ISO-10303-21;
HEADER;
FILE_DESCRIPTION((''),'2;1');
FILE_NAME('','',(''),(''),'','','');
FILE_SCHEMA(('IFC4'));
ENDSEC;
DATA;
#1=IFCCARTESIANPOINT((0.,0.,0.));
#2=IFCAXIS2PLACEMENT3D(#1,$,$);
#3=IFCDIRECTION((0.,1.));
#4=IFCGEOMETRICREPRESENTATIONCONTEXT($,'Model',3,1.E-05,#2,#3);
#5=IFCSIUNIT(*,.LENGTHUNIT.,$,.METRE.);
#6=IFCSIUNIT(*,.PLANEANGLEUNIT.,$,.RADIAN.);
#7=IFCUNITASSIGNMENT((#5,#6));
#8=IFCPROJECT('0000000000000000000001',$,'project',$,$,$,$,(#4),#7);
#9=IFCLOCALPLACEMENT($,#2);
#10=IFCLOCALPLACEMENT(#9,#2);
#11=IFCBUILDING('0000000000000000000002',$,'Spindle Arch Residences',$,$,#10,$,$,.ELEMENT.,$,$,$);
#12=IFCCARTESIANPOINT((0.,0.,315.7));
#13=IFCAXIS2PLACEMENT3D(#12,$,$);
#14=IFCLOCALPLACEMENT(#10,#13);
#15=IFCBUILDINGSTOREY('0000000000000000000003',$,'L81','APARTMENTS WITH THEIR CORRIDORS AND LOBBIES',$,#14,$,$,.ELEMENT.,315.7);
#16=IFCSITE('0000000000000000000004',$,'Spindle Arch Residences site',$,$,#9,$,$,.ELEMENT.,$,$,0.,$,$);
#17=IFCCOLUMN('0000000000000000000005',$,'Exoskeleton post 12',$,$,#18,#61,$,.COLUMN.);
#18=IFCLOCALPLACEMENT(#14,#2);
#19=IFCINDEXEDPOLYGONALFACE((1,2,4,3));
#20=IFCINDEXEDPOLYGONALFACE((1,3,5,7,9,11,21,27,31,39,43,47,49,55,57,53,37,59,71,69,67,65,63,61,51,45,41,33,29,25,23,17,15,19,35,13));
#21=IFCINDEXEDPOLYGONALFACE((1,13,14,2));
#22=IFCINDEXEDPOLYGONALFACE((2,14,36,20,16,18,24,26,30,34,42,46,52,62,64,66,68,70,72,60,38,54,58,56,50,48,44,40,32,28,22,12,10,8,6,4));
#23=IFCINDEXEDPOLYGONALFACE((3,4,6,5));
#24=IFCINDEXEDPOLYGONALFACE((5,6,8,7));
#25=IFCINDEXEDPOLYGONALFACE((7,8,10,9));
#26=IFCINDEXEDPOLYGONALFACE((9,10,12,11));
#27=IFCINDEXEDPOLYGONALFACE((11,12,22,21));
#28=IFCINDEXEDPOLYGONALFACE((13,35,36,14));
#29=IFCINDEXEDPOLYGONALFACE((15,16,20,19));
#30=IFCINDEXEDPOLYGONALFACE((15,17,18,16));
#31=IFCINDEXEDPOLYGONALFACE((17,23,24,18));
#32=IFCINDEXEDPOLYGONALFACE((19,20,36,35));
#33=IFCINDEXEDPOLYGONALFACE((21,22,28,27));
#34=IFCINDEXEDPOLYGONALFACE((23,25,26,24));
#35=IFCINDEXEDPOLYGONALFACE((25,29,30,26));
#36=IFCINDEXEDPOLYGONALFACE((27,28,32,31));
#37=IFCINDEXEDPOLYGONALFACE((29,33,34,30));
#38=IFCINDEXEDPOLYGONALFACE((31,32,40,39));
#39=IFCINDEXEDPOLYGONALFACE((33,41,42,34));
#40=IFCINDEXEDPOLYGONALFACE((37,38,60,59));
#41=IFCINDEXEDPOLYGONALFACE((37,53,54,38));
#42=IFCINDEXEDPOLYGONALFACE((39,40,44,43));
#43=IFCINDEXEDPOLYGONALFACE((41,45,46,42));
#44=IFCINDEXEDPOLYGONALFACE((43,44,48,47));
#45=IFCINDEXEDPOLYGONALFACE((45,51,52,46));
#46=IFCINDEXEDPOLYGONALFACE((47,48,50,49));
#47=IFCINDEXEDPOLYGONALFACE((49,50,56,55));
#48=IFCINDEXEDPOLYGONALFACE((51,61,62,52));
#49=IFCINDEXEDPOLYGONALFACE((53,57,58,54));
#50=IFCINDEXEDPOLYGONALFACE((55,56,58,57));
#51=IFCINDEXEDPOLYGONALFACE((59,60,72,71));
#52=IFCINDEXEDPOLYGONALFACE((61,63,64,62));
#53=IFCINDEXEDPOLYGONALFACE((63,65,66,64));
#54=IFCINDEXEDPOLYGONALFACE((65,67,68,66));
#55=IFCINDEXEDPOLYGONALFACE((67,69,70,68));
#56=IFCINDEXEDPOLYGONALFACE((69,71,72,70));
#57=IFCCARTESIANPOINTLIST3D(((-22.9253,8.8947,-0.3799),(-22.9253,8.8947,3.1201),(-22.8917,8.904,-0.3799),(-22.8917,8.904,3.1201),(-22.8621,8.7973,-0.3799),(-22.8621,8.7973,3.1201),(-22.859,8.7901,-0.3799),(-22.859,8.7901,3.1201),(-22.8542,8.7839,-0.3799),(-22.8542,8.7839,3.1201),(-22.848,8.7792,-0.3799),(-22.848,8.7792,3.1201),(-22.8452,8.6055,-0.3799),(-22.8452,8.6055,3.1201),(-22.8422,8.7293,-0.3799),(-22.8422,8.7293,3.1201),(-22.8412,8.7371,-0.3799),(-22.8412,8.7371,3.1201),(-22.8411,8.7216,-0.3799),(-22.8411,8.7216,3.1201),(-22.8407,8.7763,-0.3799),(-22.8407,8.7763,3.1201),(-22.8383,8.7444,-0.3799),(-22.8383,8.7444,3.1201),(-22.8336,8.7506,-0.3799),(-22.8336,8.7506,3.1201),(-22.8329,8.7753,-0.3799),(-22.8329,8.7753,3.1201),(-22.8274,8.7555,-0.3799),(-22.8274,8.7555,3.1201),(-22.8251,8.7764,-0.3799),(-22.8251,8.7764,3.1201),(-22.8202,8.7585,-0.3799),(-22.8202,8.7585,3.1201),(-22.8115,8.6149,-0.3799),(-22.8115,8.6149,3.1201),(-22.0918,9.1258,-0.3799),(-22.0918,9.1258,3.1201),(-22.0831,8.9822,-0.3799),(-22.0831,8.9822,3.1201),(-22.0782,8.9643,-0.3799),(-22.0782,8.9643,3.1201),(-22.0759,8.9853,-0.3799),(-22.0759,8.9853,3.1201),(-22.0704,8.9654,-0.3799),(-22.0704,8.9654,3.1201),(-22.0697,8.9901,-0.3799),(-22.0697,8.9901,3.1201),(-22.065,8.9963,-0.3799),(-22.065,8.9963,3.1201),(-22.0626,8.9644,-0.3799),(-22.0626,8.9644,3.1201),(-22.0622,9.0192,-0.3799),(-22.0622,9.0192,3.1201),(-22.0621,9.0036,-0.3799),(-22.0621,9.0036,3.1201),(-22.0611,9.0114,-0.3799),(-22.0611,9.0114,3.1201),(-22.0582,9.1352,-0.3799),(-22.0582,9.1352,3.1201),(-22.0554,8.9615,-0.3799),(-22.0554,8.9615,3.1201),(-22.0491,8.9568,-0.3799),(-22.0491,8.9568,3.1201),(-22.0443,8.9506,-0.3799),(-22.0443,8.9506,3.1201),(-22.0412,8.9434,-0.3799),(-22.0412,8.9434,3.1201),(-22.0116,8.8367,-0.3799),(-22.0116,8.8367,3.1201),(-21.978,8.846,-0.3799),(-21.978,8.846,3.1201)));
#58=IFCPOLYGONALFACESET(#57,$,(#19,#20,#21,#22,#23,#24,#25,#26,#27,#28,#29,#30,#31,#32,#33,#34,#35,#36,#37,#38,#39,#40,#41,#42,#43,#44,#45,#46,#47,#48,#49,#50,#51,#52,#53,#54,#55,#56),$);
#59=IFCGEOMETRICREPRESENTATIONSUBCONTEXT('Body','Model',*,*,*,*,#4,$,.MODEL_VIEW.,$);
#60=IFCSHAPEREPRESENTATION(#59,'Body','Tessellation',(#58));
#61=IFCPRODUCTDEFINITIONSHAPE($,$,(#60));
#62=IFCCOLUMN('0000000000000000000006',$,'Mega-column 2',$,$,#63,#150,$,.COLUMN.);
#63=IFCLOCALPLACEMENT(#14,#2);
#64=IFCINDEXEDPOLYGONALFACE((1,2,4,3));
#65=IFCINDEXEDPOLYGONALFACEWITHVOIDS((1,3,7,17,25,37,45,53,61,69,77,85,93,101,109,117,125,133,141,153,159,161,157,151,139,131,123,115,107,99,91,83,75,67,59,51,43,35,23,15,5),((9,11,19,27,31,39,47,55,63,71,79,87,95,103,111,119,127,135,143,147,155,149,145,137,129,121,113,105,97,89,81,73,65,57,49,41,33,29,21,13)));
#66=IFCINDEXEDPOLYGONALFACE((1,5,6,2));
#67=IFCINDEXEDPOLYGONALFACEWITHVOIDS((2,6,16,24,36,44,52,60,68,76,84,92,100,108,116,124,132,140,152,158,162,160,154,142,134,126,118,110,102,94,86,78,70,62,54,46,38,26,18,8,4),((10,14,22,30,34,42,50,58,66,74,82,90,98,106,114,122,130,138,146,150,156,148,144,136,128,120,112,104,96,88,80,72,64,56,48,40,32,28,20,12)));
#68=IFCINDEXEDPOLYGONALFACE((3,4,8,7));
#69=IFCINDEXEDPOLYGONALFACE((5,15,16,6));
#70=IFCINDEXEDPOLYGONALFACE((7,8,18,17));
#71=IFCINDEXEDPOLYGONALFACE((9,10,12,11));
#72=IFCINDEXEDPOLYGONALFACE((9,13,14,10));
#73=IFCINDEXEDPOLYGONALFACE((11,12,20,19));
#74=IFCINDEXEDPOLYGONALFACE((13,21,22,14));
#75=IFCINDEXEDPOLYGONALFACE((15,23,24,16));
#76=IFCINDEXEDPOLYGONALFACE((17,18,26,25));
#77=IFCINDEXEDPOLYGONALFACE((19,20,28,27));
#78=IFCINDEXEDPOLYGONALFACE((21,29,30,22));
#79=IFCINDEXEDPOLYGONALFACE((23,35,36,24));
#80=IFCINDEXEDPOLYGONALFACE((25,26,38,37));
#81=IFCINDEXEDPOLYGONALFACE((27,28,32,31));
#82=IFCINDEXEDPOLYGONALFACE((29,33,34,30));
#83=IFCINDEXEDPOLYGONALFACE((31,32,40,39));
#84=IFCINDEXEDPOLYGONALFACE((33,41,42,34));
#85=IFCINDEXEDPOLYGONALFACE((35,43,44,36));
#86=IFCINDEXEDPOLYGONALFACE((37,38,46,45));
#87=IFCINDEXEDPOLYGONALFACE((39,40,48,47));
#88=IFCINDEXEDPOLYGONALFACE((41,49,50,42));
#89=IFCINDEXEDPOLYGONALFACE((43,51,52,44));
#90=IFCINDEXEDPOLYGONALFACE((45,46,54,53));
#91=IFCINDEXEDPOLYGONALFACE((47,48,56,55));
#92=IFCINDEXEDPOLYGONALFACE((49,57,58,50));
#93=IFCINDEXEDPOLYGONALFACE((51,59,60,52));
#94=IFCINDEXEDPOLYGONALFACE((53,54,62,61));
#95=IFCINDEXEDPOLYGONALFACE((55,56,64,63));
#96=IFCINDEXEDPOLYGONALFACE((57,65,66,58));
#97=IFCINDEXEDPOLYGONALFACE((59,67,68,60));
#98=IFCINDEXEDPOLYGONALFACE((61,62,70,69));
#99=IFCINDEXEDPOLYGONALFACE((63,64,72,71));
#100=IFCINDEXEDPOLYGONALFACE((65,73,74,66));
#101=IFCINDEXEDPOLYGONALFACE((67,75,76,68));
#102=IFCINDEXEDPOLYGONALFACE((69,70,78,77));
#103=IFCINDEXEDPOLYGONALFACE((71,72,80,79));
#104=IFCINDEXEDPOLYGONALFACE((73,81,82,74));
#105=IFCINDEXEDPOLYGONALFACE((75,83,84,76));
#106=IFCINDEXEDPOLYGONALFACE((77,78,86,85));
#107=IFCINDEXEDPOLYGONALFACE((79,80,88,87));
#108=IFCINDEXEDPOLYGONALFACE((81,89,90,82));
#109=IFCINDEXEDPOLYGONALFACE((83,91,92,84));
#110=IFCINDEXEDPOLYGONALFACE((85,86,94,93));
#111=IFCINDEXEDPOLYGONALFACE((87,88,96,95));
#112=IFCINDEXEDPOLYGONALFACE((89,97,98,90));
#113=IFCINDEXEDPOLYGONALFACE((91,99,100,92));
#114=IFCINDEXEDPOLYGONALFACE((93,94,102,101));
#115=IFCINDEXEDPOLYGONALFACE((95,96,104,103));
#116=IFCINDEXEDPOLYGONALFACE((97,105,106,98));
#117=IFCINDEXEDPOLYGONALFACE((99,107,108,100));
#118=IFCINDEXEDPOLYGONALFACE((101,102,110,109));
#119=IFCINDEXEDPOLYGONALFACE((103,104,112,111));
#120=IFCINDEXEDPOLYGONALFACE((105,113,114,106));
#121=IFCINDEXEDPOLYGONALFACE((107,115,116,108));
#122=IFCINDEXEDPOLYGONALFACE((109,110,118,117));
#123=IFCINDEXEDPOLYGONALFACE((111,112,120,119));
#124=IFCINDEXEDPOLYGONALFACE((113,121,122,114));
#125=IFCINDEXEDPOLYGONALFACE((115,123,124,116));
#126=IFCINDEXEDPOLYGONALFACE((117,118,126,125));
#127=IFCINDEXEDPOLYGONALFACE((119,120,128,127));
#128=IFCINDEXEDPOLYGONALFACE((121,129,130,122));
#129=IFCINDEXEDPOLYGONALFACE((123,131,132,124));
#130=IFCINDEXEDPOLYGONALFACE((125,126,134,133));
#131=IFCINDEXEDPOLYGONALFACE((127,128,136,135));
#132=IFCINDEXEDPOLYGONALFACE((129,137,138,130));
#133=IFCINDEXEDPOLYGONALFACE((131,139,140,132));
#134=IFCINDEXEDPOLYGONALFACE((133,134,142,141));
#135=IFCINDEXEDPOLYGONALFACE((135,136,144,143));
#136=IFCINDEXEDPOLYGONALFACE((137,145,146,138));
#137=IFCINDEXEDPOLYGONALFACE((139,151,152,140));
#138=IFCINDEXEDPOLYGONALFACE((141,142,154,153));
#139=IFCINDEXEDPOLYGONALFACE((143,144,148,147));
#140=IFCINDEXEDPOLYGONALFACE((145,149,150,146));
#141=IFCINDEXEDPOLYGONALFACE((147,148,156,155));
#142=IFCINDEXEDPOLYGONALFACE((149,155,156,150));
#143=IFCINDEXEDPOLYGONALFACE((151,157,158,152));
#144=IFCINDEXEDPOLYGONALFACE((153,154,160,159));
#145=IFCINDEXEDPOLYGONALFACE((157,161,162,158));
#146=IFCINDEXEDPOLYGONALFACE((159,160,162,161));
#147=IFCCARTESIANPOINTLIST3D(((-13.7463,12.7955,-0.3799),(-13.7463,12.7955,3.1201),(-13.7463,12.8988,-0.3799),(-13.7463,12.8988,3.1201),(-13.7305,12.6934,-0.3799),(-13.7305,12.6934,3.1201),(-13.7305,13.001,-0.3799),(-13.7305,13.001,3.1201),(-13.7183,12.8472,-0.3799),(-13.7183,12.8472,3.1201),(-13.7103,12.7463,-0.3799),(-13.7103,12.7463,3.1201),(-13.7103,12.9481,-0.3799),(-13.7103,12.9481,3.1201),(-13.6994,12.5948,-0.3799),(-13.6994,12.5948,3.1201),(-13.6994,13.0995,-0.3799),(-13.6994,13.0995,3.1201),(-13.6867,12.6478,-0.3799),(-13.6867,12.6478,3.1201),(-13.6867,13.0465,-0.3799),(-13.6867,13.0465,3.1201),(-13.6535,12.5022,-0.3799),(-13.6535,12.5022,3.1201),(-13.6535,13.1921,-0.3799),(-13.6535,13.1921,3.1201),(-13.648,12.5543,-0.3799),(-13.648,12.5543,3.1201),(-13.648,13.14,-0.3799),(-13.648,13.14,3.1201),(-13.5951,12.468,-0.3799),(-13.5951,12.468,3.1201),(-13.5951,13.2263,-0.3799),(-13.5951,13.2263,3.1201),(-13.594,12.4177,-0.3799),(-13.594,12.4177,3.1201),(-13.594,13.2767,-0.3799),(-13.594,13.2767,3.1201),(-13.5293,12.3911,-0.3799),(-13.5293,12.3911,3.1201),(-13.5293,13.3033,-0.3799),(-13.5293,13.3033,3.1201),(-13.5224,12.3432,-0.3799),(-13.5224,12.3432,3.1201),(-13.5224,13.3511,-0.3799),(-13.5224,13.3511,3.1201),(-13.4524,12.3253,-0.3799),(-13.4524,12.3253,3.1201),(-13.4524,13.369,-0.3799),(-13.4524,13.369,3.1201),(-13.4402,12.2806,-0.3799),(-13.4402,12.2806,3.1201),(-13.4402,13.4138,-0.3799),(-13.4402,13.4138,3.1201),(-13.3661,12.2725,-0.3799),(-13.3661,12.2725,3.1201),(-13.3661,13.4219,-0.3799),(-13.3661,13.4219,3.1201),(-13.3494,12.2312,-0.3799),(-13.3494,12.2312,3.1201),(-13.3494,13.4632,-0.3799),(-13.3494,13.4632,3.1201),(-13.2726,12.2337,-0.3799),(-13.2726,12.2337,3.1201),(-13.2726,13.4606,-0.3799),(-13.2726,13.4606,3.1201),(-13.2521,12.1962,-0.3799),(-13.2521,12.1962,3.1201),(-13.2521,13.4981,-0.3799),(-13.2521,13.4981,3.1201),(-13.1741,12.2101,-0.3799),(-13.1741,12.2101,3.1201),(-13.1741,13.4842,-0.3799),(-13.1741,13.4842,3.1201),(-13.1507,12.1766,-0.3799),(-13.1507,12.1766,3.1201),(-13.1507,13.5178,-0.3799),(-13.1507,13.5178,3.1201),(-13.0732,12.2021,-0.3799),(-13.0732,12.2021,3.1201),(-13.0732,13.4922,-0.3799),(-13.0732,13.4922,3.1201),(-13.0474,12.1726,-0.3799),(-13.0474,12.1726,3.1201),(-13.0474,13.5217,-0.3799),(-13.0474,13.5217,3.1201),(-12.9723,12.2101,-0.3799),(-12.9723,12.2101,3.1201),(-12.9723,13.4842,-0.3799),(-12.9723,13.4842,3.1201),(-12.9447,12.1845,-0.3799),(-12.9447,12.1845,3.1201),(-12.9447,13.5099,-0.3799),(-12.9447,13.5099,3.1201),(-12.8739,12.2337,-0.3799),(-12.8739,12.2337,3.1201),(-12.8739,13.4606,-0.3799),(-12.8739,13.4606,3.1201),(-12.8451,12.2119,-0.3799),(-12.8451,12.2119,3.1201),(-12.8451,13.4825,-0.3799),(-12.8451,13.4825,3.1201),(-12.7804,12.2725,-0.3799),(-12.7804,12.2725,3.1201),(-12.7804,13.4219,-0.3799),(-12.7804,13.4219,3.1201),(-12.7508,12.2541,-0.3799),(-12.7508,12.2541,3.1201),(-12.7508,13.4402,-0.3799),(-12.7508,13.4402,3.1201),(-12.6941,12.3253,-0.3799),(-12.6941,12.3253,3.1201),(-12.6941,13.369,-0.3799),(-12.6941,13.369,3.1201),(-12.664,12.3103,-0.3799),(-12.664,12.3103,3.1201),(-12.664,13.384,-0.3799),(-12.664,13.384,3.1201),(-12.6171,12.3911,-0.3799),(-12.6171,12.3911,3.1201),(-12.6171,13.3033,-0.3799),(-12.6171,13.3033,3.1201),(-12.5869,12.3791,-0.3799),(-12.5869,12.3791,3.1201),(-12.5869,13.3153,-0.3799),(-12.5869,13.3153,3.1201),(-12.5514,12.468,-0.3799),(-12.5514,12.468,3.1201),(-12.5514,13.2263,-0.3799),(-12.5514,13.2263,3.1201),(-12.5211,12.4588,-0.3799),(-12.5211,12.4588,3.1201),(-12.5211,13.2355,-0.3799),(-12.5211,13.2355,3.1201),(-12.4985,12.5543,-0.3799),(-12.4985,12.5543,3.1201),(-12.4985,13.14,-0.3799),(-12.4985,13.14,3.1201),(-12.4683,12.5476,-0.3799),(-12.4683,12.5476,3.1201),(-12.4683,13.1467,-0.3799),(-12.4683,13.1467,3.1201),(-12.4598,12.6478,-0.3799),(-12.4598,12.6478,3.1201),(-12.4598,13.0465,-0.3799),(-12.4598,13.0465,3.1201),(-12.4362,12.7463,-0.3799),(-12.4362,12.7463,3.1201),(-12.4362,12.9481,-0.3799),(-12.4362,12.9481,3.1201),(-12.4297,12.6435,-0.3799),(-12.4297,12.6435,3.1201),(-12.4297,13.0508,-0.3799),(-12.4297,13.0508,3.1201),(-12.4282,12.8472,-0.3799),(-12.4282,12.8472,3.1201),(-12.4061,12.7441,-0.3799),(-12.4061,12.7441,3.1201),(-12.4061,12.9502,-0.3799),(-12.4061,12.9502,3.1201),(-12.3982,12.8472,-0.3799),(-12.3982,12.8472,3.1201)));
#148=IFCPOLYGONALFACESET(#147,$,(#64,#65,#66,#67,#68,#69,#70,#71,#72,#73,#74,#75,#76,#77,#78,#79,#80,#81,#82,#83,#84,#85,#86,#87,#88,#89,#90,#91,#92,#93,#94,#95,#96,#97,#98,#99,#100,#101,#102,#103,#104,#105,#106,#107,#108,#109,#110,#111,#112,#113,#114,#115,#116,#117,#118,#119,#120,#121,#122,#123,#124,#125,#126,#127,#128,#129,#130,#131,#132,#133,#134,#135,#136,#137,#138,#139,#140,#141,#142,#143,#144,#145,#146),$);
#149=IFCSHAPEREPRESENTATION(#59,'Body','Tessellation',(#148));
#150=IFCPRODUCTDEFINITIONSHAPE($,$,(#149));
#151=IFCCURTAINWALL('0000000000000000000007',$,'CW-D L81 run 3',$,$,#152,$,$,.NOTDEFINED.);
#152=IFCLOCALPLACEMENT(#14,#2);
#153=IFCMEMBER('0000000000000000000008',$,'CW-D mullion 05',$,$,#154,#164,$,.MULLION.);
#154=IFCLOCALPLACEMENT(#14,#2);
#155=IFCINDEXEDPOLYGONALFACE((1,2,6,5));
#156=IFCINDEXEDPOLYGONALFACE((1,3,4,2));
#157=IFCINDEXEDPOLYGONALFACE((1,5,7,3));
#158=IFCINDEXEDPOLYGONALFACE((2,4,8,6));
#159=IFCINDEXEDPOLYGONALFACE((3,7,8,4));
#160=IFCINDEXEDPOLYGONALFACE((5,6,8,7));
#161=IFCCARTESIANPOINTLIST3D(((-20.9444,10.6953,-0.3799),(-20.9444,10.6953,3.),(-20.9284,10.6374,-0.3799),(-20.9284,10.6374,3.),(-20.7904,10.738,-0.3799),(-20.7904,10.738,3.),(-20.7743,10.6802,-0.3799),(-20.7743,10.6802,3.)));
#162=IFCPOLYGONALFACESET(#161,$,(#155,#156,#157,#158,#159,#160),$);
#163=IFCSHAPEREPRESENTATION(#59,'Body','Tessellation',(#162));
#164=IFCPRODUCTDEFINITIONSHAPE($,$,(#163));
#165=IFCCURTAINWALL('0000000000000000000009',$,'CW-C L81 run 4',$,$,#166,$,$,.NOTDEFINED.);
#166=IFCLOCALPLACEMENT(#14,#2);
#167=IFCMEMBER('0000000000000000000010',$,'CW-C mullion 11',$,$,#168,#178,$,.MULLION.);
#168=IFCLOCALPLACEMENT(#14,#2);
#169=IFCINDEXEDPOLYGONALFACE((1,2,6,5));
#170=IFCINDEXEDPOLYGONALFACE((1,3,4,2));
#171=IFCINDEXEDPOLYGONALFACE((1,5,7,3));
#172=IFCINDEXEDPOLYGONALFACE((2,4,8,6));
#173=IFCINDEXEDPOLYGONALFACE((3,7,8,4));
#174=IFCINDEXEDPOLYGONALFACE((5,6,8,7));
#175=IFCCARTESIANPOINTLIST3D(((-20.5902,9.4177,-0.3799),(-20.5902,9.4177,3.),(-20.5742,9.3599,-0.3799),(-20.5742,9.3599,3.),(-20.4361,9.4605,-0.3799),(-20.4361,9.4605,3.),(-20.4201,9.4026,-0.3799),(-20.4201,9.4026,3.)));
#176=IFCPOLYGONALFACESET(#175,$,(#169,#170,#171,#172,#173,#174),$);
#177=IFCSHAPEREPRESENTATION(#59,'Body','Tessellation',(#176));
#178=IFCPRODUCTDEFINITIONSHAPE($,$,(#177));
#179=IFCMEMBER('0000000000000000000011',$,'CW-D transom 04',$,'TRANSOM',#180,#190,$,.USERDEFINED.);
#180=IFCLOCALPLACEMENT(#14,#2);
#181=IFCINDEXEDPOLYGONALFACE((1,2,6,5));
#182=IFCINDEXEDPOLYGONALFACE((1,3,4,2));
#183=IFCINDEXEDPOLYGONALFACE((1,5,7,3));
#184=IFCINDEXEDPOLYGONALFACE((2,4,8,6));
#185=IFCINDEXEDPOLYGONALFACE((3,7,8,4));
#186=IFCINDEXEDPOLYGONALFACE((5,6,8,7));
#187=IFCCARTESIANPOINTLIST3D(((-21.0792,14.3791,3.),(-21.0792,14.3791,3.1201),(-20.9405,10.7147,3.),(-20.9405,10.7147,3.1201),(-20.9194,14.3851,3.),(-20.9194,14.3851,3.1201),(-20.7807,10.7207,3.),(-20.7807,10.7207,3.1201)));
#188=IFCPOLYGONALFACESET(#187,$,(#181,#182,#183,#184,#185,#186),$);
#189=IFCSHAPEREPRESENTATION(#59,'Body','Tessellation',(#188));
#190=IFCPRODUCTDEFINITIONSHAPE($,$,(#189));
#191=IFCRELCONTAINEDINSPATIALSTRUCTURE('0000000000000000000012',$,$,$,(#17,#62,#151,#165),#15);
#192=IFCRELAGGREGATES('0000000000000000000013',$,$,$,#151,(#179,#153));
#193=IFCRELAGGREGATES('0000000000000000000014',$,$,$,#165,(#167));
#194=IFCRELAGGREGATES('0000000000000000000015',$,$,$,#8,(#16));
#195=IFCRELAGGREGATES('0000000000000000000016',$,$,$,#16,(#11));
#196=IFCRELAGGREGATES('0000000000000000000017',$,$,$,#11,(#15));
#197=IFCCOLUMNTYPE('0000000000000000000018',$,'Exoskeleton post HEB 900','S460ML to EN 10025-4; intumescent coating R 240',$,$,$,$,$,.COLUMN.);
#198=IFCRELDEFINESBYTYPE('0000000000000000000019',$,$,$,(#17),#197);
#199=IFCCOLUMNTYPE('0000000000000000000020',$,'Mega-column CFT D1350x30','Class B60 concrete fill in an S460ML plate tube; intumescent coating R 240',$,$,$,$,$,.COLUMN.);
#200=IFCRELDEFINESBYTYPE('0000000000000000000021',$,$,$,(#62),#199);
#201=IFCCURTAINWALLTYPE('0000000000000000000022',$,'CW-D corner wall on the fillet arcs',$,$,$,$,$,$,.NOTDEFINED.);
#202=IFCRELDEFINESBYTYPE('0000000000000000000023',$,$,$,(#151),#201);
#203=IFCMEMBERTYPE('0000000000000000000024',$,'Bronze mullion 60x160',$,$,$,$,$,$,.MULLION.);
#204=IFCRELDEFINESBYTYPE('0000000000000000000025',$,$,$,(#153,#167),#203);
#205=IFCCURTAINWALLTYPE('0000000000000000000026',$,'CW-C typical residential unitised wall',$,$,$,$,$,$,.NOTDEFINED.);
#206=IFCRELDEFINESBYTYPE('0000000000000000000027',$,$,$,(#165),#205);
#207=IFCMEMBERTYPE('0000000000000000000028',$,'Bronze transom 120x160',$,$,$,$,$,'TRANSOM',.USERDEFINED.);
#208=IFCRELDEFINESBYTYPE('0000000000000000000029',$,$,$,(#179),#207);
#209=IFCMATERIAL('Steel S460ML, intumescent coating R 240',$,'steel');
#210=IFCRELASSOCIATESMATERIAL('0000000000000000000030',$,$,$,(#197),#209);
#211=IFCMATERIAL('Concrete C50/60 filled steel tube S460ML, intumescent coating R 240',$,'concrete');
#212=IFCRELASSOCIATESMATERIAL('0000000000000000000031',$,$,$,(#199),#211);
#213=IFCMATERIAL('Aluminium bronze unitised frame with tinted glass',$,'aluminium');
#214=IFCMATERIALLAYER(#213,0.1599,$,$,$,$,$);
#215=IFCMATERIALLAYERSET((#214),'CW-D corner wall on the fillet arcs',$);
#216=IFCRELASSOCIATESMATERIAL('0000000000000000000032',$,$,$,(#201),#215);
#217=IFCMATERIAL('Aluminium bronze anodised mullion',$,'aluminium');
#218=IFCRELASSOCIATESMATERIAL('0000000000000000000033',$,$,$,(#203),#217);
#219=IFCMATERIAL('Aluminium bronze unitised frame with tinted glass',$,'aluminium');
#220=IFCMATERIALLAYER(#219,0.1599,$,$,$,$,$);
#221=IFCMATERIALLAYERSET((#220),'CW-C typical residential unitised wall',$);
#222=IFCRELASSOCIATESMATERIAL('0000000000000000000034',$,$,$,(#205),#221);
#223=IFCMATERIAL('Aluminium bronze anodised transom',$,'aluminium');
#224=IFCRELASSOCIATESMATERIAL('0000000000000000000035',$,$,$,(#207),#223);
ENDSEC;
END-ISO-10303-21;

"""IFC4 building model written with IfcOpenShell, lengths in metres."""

from ifc_helpers import new_model, si_unit, direction, frame, origin, origin_2d, place, context, subcontext, project, spatial, rectangle, hollow_circle, i_section, extrude, material, layer, layer_set, material_profile, profile_set, type_object, element, aggregate, save


model = new_model("IFC4")

# Units and contexts
model_context = context("Model", 3, precision=1e-05, world=origin(), true_north=direction((0.0, 1.0)))
body_context = subcontext(model_context, "Body", "Model", "MODEL_VIEW")
ifc_project = project(units=[si_unit("LENGTHUNIT", "METRE"), si_unit("PLANEANGLEUNIT", "RADIAN")], contexts=[model_context])

# Site, building, storey
site_placement = place(None, origin())
site = spatial("IfcSite", under=ifc_project, at=site_placement, Name="Spindle Arch Residences site", CompositionType="ELEMENT", RefElevation=0.0)
building_placement = place(site_placement, origin())
building = spatial("IfcBuilding", under=site, at=building_placement, Name="Spindle Arch Residences", CompositionType="ELEMENT")
storey_placement = place(building_placement, frame((0.0, 0.0, 315.7)))
storey = spatial("IfcBuildingStorey", under=building, at=storey_placement, Name="L81", Description="APARTMENTS WITH THEIR CORRIDORS AND LOBBIES", CompositionType="ELEMENT", Elevation=315.7)

# Columns
ifc_material_1 = material(Name="Steel S460ML, intumescent coating R 240", Category="steel")
ifc_material_profile_1 = material_profile(ifc_material_1, i_section(OverallWidth=0.3, OverallDepth=0.8999, WebThickness=0.0186, FlangeThickness=0.0349, FilletRadius=0.03, at=origin_2d()), Name="HEB 900")
ifc_profile_set_1 = profile_set([ifc_material_profile_1], Name="Steel S460ML, intumescent coating R 240")
column_type_1 = type_object("IfcColumnType", Name="Exoskeleton post HEB 900", Description="S460ML to EN 10025-4; intumescent coating R 240", PredefinedType="COLUMN", material=ifc_profile_set_1)
column_1_placement = place(storey_placement, frame((-22.4517, 8.8704, -0.3799), z_axis=(0.0, 0.0, 1.0), x_axis=(-0.267238, 0.963631, 0.0)))
element("IfcColumn", 1, at=column_1_placement, inside=storey, type_object=column_type_1, Name="Exoskeleton post 12", PredefinedType="COLUMN", context=body_context, shape_type="SweptSolid", body=[
    extrude(i_section(OverallWidth=0.3, OverallDepth=0.8999, WebThickness=0.0186, FlangeThickness=0.0349, FilletRadius=0.03, at=origin_2d()), origin(), (0.0, 0.0, 1.0), 3.5),
])
ifc_material_2 = material(Name="Concrete C50/60 filled steel tube S460ML, intumescent coating R 240", Category="concrete")
ifc_material_profile_2 = material_profile(ifc_material_2, hollow_circle(Radius=0.675, WallThickness=0.03, at=origin_2d()), Name="CFT D1350x30")
ifc_profile_set_2 = profile_set([ifc_material_profile_2], Name="Concrete C50/60 filled steel tube S460ML, intumescent coating R 240")
column_type_2 = type_object("IfcColumnType", Name="Mega-column CFT D1350x30", Description="Class B60 concrete fill in an S460ML plate tube; intumescent coating R 240", PredefinedType="COLUMN", material=ifc_profile_set_2)
column_2_placement = place(storey_placement, frame((-13.0732, 12.8472, -0.3799), z_axis=(0.0, 0.0, 1.0), x_axis=(1.0, 0.0, 0.0)))
element("IfcColumn", 2, at=column_2_placement, inside=storey, type_object=column_type_2, Name="Mega-column 2", PredefinedType="COLUMN", context=body_context, shape_type="SweptSolid", body=[
    extrude(hollow_circle(Radius=0.675, WallThickness=0.03, at=origin_2d()), origin(), (0.0, 0.0, 1.0), 3.5),
])

# Curtain walls, members
ifc_material_3 = material(Name="Aluminium bronze unitised frame with tinted glass", Category="aluminium")
ifc_layer_1 = layer(ifc_material_3, 0.1599)
ifc_layer_set_1 = layer_set([ifc_layer_1], Name="CW-D corner wall on the fillet arcs")
curtain_wall_type_1 = type_object("IfcCurtainWallType", Name="CW-D corner wall on the fillet arcs", PredefinedType="NOTDEFINED", material=ifc_layer_set_1)
curtain_wall_1_placement = place(storey_placement, origin())
curtain_wall_1 = element("IfcCurtainWall", 3, at=curtain_wall_1_placement, inside=storey, type_object=curtain_wall_type_1, Name="CW-D L81 run 3", PredefinedType="NOTDEFINED")
ifc_material_4 = material(Name="Aluminium bronze anodised mullion", Category="aluminium")
ifc_material_profile_3 = material_profile(ifc_material_4, rectangle(XDim=0.1599, YDim=0.0601, at=origin_2d()), Name="MU 60x160")
ifc_profile_set_3 = profile_set([ifc_material_profile_3], Name="Aluminium bronze anodised mullion")
member_type_1 = type_object("IfcMemberType", Name="Bronze mullion 60x160", PredefinedType="MULLION", material=ifc_profile_set_3)
member_1_placement = place(storey_placement, frame((-20.8594, 10.6877, -0.3799), z_axis=(0.0, 0.0, 1.0), x_axis=(0.96363, 0.267238, 0.0)))
member_1 = element("IfcMember", 4, at=member_1_placement, type_object=member_type_1, Name="CW-D mullion 05", PredefinedType="MULLION", context=body_context, shape_type="SweptSolid", body=[
    extrude(rectangle(XDim=0.1599, YDim=0.0601, at=origin_2d()), origin(), (0.0, 0.0, 1.0), 3.3799),
])
ifc_material_5 = material(Name="Aluminium bronze unitised frame with tinted glass", Category="aluminium")
ifc_layer_2 = layer(ifc_material_5, 0.1599)
ifc_layer_set_2 = layer_set([ifc_layer_2], Name="CW-C typical residential unitised wall")
curtain_wall_type_2 = type_object("IfcCurtainWallType", Name="CW-C typical residential unitised wall", PredefinedType="NOTDEFINED", material=ifc_layer_set_2)
curtain_wall_2_placement = place(storey_placement, origin())
curtain_wall_2 = element("IfcCurtainWall", 5, at=curtain_wall_2_placement, inside=storey, type_object=curtain_wall_type_2, Name="CW-C L81 run 4", PredefinedType="NOTDEFINED")
member_2_placement = place(storey_placement, frame((-20.5051, 9.4102, -0.3799), z_axis=(0.0, 0.0, 1.0), x_axis=(0.96363, 0.267238, 0.0)))
member_2 = element("IfcMember", 6, at=member_2_placement, type_object=member_type_1, Name="CW-C mullion 11", PredefinedType="MULLION", context=body_context, shape_type="SweptSolid", body=[
    extrude(rectangle(XDim=0.1599, YDim=0.0601, at=origin_2d()), origin(), (0.0, 0.0, 1.0), 3.3799),
])

# Member
ifc_material_6 = material(Name="Aluminium bronze anodised transom", Category="aluminium")
ifc_material_profile_4 = material_profile(ifc_material_6, rectangle(XDim=0.1599, YDim=0.1201, at=origin_2d()), Name="TR 120x160")
ifc_profile_set_4 = profile_set([ifc_material_profile_4], Name="Aluminium bronze anodised transom")
member_type_2 = type_object("IfcMemberType", Name="Bronze transom 120x160", ElementType="TRANSOM", PredefinedType="USERDEFINED", material=ifc_profile_set_4)
member_3_placement = place(storey_placement, frame((-20.9993, 14.3821, 3.0601), z_axis=(0.037817, -0.999285, 0.0), x_axis=(0.999285, 0.037817, 0.0)))
member_3 = element("IfcMember", 7, at=member_3_placement, type_object=member_type_2, Name="CW-D transom 04", ObjectType="TRANSOM", PredefinedType="USERDEFINED", context=body_context, shape_type="SweptSolid", body=[
    extrude(rectangle(XDim=0.1599, YDim=0.1201, at=origin_2d()), origin(), (0.0, 0.0, 1.0), 3.667),
])

aggregate(curtain_wall_1, [member_3, member_1])
aggregate(curtain_wall_2, [member_2])

save(model, "model.ifc")
